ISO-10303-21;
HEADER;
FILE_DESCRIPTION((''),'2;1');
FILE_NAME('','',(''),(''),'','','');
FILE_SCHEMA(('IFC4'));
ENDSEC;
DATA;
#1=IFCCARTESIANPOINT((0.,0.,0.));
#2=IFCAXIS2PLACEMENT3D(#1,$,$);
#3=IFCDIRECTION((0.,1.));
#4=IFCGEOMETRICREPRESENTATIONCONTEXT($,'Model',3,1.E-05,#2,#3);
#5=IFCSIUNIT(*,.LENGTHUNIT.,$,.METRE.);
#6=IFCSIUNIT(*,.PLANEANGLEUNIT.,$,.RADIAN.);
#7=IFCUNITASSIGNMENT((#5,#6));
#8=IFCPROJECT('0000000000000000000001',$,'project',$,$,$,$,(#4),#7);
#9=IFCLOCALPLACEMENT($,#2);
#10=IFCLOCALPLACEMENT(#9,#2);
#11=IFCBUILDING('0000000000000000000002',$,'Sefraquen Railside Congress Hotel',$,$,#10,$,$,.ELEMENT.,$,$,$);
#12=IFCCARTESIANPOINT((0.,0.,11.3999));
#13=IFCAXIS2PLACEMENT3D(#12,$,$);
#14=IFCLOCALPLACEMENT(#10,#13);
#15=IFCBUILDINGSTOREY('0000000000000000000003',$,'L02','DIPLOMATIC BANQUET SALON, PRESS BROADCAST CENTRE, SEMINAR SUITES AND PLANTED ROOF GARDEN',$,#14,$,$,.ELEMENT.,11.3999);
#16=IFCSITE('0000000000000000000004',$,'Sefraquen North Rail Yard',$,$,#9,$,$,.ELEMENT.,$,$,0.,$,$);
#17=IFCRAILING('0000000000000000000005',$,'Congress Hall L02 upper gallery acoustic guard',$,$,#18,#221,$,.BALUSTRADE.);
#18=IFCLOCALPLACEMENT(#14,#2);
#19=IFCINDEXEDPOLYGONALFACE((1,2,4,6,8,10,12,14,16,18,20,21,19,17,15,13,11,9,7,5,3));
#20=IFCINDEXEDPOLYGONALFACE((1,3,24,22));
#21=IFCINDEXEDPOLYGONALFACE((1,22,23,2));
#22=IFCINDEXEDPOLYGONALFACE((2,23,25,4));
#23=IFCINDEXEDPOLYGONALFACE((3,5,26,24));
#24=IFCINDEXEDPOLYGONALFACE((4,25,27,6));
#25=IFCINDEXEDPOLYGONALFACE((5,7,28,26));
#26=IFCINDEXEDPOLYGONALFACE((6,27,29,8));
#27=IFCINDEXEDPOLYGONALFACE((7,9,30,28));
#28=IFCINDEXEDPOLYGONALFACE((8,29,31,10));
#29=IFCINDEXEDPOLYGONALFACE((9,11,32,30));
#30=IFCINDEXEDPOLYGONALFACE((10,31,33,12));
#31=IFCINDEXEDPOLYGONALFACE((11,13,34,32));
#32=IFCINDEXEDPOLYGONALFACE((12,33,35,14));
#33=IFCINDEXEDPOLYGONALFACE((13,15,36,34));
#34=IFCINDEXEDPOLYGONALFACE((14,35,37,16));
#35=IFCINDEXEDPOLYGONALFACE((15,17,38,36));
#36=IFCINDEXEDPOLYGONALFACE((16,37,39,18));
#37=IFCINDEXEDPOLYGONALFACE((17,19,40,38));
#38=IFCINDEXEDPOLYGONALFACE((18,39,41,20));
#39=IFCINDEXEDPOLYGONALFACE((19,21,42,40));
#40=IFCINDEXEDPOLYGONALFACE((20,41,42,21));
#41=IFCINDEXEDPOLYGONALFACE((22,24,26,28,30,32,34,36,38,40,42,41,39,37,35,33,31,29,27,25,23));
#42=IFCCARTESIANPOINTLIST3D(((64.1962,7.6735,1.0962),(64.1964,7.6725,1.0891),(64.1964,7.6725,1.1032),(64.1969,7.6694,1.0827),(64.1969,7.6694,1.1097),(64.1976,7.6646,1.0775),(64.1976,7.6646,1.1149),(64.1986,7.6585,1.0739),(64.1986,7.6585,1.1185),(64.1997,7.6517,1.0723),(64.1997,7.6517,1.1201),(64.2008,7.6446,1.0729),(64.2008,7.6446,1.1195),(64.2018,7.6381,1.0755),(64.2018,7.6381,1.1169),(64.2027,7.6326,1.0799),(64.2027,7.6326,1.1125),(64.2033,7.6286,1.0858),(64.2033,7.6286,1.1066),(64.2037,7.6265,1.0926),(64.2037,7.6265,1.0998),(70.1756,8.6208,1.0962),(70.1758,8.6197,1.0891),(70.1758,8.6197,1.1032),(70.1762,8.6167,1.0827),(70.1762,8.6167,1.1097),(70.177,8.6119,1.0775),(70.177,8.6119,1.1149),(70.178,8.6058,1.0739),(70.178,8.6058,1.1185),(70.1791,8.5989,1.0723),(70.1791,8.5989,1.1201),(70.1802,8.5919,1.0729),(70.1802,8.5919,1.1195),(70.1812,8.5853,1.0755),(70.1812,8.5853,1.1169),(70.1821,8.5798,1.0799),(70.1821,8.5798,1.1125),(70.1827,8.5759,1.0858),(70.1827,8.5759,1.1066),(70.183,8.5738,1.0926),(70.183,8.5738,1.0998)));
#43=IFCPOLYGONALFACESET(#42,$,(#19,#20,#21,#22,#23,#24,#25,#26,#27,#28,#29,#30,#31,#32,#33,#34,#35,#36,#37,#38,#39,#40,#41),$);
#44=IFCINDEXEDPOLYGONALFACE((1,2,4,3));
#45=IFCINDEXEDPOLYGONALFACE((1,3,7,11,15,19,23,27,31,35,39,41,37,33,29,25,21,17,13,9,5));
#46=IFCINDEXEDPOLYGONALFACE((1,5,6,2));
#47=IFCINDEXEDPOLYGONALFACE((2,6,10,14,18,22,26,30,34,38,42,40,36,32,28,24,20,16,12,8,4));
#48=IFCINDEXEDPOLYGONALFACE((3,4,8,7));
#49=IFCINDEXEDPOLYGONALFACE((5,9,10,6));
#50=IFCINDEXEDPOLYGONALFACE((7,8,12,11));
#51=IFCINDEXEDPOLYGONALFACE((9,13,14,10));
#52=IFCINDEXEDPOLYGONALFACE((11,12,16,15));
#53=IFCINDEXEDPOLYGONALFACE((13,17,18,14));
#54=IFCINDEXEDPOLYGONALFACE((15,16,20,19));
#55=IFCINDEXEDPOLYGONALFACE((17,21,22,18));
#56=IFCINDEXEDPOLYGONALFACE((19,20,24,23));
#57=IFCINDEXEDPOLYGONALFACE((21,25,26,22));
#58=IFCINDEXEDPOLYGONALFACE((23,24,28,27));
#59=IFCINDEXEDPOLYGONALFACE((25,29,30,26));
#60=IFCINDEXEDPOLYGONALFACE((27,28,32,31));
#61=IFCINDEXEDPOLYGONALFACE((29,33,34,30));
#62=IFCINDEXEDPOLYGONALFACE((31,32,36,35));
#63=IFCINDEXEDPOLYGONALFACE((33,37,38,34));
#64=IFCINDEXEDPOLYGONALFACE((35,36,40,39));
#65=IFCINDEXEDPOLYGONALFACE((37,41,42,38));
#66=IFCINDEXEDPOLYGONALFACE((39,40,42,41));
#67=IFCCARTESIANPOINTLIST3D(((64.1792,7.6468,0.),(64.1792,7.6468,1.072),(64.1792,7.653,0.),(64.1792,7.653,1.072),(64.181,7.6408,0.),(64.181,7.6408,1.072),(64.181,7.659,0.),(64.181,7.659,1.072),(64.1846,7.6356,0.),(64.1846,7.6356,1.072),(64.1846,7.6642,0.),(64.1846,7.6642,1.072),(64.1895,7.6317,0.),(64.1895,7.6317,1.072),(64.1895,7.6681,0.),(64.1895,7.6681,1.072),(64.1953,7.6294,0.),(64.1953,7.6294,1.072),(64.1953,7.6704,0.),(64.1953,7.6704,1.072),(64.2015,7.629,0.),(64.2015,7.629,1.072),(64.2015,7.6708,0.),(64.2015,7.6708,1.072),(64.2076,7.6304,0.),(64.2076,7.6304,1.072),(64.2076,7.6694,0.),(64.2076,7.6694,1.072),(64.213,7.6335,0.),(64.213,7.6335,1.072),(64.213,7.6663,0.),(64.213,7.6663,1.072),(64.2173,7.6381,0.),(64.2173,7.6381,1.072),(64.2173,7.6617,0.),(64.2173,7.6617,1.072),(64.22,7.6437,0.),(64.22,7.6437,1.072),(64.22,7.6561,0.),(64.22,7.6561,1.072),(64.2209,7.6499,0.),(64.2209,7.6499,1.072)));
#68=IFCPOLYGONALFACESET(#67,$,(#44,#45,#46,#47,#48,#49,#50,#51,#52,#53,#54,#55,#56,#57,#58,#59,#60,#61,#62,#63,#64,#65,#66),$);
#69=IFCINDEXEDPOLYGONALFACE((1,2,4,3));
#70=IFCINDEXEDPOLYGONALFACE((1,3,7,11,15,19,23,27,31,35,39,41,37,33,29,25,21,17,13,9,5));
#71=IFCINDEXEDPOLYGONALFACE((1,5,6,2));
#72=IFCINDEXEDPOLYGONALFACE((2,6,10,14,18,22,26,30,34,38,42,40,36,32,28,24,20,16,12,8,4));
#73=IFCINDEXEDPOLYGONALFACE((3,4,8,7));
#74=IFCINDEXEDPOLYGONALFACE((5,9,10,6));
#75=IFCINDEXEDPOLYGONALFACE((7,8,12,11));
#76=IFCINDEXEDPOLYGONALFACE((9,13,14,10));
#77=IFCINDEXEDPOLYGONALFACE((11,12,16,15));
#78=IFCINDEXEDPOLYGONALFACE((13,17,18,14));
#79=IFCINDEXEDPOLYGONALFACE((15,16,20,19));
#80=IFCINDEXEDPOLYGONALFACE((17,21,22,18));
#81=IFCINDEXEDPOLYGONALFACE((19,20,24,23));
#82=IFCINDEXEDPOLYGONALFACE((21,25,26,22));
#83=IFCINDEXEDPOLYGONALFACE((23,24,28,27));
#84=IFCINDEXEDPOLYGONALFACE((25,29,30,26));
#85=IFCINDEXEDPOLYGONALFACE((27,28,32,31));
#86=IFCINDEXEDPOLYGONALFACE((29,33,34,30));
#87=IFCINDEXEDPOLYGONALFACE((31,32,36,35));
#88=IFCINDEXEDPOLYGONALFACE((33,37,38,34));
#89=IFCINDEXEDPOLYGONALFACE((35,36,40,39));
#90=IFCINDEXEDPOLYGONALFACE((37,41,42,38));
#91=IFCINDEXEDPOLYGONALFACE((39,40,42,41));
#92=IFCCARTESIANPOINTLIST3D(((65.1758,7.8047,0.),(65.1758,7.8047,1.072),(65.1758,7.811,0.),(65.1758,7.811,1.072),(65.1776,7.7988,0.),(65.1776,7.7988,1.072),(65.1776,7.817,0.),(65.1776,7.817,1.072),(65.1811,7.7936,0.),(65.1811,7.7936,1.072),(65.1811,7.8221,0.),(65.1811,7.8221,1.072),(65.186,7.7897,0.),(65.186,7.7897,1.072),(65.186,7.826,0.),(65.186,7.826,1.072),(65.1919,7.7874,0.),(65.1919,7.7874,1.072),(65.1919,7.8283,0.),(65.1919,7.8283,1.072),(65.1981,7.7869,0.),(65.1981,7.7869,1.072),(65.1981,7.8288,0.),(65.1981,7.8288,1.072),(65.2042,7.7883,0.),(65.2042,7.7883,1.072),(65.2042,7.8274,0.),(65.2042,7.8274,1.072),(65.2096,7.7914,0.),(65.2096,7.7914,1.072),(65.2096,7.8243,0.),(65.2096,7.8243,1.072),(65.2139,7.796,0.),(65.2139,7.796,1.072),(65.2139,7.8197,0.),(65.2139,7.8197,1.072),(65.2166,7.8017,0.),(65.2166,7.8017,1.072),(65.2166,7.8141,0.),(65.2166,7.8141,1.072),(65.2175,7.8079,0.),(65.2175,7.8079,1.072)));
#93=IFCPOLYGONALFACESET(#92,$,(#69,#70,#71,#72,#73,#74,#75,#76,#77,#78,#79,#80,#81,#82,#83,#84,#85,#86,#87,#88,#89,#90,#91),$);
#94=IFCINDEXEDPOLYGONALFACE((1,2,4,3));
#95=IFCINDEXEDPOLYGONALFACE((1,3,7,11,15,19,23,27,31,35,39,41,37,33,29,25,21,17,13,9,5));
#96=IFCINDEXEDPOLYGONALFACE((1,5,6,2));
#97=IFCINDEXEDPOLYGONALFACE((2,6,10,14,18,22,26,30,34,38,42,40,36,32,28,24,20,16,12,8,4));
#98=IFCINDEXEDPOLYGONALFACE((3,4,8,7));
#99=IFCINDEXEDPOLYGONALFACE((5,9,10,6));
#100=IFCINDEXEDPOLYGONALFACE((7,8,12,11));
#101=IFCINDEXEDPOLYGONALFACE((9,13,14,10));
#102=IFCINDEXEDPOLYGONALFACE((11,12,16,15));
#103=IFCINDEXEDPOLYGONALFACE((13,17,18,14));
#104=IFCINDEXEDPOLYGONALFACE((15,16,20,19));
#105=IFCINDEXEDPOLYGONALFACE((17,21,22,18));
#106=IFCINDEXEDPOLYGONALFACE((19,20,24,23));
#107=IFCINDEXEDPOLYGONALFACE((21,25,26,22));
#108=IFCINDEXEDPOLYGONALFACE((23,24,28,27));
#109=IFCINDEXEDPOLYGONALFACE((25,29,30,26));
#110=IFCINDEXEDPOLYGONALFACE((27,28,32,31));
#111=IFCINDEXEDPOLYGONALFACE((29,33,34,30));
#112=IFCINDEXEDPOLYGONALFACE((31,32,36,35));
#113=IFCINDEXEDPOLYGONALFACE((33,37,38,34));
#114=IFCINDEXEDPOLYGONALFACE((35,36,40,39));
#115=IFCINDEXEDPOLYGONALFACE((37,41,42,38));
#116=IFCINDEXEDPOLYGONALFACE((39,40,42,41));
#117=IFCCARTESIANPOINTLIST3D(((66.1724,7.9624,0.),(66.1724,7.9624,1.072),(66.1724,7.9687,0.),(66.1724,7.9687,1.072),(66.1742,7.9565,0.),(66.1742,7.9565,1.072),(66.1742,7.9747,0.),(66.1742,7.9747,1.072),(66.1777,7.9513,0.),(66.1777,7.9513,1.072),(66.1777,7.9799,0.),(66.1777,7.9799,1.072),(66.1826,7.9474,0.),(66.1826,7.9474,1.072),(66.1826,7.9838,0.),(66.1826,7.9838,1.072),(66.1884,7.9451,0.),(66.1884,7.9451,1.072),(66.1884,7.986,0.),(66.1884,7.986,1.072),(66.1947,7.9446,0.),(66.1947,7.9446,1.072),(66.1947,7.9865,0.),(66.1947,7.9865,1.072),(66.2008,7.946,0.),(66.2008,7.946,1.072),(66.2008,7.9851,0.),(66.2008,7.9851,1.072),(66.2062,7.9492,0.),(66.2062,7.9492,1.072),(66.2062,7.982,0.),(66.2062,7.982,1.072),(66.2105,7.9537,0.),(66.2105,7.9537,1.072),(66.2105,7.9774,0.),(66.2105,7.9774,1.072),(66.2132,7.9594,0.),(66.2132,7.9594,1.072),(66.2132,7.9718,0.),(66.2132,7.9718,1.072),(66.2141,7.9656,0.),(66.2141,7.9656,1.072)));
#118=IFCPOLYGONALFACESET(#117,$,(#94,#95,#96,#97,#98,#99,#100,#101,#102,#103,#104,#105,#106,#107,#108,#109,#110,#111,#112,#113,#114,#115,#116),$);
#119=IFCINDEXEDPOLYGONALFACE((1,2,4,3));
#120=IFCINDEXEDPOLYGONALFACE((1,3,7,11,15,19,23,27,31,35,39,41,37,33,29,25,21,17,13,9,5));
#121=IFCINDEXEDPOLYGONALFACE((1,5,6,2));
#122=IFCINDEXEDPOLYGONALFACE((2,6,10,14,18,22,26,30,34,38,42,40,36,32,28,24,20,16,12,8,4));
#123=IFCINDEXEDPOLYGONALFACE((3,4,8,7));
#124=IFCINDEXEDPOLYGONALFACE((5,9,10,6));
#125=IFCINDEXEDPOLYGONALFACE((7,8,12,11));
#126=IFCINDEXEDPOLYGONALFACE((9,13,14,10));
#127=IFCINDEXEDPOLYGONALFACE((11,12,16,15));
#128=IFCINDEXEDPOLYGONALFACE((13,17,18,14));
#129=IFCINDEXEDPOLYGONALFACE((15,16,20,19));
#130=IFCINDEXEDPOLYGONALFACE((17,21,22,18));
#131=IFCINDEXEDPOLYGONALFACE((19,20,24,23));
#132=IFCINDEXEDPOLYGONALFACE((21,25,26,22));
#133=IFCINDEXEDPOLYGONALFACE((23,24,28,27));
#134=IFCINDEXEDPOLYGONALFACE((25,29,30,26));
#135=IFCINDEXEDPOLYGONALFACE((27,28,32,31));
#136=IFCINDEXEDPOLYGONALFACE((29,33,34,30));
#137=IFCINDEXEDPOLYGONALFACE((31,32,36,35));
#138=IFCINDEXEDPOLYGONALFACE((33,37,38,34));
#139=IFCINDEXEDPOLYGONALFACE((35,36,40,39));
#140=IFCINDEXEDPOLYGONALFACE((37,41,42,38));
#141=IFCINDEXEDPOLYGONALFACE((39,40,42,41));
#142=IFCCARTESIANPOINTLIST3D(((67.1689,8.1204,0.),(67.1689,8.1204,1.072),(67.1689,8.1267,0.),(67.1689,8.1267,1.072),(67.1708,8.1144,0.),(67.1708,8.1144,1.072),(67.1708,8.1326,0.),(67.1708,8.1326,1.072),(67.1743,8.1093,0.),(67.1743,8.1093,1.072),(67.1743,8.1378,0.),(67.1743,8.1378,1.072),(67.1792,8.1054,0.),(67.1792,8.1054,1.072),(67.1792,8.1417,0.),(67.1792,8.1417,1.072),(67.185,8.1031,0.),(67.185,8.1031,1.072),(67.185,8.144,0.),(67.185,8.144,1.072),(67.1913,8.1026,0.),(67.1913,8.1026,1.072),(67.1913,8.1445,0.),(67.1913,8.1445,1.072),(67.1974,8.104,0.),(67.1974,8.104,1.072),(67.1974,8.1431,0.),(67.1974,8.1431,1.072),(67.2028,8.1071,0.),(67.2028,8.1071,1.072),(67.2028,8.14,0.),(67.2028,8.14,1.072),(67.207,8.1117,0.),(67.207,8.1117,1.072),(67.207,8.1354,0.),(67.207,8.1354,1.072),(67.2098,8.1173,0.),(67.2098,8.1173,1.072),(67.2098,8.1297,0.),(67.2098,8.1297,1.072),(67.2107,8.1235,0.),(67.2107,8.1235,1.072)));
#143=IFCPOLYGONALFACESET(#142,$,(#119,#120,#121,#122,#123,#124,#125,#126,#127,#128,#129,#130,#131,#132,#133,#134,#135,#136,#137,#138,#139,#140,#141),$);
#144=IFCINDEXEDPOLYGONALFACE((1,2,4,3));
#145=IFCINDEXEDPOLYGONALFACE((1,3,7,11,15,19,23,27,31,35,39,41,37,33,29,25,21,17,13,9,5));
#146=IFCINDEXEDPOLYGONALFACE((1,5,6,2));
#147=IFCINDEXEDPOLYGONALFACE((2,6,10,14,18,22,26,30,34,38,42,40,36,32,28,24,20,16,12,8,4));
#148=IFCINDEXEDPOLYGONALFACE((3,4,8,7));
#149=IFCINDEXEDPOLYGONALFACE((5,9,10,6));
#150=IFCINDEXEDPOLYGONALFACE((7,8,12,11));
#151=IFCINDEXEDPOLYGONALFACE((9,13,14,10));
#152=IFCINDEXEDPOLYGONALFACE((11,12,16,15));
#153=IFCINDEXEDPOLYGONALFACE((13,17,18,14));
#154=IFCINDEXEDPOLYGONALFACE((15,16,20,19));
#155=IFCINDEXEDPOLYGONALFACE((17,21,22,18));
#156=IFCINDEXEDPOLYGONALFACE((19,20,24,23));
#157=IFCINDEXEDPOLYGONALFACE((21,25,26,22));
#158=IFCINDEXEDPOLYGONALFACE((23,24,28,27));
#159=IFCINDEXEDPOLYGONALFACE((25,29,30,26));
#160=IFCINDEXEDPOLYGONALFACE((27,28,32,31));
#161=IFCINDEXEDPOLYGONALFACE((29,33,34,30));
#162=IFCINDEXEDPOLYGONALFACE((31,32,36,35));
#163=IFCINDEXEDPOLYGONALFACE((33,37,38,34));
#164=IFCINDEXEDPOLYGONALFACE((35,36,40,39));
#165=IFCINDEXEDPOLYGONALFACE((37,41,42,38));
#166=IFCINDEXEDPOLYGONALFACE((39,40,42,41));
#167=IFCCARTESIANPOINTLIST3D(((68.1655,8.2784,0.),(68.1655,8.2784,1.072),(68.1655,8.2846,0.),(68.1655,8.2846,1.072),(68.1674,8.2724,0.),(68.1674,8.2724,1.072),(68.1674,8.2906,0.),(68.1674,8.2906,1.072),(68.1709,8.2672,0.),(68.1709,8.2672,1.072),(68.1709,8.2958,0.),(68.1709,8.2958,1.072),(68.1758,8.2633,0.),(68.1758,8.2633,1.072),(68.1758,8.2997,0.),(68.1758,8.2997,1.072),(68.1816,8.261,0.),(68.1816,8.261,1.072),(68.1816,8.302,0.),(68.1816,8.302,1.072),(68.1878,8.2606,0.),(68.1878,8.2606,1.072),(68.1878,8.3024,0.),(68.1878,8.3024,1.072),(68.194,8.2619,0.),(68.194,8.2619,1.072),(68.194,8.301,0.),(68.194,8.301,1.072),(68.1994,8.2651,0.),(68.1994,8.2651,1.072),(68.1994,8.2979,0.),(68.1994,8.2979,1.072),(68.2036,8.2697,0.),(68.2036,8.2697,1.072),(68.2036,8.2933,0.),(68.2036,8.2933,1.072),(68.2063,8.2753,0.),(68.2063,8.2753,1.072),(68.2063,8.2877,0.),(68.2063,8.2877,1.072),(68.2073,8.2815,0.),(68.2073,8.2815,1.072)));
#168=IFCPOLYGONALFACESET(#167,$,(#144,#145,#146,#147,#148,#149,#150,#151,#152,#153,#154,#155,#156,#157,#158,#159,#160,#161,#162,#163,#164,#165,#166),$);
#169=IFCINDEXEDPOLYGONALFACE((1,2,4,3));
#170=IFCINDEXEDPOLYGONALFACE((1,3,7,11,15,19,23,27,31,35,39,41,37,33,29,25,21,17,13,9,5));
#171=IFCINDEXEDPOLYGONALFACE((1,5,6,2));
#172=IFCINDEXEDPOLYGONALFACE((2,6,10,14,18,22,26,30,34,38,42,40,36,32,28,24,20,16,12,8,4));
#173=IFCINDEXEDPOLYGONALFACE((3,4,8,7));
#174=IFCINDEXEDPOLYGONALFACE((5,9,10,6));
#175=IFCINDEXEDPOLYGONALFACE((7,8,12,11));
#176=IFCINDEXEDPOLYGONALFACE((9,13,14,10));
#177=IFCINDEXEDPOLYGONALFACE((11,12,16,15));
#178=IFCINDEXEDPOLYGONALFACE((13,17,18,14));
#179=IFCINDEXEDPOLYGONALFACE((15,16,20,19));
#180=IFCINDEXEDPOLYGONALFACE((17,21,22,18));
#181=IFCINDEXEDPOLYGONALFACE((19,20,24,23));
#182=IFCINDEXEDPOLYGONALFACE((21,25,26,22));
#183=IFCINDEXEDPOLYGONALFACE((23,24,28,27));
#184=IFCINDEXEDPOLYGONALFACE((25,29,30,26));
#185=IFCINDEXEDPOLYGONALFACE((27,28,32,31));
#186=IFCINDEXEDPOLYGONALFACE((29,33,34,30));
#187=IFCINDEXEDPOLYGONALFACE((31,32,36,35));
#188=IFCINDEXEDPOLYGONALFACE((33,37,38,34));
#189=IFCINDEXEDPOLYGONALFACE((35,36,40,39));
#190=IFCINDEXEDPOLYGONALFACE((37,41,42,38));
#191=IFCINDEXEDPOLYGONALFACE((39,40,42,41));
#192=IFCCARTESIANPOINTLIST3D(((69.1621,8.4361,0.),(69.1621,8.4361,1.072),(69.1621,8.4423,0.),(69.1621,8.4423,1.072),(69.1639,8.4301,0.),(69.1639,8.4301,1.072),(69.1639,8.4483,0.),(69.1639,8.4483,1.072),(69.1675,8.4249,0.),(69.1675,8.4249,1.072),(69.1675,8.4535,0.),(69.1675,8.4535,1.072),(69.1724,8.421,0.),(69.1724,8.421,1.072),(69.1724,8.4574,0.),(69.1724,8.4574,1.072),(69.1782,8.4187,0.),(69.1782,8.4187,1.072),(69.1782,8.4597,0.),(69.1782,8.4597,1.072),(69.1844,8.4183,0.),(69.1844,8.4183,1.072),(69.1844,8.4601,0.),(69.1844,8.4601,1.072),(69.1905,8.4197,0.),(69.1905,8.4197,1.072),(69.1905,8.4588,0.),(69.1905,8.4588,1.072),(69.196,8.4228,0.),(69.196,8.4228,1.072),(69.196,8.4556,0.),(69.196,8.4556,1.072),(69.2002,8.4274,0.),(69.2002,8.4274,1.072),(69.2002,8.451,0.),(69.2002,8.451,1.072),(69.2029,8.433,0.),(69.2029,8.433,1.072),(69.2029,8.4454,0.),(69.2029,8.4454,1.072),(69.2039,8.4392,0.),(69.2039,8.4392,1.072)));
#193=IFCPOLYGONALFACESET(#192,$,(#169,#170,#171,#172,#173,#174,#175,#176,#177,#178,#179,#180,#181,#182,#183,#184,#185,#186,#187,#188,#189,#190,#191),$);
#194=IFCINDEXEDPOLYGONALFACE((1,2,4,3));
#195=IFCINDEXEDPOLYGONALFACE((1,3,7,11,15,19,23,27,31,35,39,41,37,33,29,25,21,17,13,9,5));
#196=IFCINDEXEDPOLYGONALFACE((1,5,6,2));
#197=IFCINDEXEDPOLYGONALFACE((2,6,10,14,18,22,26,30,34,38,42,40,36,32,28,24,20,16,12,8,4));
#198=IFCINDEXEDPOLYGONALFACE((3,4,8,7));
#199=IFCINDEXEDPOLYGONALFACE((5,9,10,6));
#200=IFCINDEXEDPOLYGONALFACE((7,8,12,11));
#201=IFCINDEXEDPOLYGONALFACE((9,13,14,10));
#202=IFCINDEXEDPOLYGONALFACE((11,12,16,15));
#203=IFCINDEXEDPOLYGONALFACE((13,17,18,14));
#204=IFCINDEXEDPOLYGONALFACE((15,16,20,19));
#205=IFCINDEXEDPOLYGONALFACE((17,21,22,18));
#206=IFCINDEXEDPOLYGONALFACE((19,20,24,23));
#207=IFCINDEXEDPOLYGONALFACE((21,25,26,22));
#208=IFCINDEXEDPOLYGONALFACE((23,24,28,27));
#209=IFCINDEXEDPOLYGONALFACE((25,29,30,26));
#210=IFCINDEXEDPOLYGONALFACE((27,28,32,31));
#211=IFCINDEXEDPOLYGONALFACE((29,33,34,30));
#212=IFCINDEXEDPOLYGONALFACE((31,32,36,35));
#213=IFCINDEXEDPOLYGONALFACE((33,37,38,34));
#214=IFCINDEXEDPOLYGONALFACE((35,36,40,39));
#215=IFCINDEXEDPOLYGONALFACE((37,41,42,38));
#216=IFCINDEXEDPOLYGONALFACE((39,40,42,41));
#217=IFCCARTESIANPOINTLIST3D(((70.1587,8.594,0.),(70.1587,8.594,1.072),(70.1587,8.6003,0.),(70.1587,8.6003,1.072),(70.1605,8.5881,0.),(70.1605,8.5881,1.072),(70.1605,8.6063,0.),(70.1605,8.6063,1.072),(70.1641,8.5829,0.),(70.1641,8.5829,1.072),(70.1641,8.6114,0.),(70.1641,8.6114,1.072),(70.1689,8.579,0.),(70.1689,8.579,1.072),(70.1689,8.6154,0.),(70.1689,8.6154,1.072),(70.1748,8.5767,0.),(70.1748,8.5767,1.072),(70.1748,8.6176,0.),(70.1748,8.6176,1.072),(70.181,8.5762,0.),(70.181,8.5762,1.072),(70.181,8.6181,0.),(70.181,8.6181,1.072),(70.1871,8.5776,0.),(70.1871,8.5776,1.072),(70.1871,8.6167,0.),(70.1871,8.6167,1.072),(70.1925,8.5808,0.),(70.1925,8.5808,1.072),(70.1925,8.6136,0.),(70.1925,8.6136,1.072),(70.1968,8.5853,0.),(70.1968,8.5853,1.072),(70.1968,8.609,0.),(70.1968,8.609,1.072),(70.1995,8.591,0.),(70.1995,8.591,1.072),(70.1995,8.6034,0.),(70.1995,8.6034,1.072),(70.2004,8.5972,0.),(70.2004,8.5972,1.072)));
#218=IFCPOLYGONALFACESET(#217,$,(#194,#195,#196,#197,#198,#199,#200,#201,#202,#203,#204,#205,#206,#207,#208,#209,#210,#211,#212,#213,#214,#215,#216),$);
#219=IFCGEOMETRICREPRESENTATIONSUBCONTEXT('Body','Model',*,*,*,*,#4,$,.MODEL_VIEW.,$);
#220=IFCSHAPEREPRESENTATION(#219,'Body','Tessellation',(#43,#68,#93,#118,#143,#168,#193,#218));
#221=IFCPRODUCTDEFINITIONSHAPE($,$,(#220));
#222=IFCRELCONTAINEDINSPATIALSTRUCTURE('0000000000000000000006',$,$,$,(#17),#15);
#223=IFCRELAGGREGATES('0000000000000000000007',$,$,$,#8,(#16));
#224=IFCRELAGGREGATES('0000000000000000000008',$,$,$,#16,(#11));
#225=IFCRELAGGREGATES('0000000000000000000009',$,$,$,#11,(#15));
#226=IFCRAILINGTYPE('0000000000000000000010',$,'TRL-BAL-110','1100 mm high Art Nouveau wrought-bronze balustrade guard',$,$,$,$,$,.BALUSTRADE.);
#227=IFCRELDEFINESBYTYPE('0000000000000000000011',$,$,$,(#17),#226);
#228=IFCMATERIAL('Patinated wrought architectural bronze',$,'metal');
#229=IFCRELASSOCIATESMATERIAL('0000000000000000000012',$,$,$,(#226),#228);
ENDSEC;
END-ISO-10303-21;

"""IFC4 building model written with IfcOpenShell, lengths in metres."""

from ifc_helpers import new_model, si_unit, direction, frame, origin, origin_2d, place, context, subcontext, project, spatial, circle, extrude, material, type_object, element, save


model = new_model("IFC4")

# Units and contexts
model_context = context("Model", 3, precision=1e-05, world=origin(), true_north=direction((0.0, 1.0)))
body_context = subcontext(model_context, "Body", "Model", "MODEL_VIEW")
ifc_project = project(units=[si_unit("LENGTHUNIT", "METRE"), si_unit("PLANEANGLEUNIT", "RADIAN")], contexts=[model_context])

# Site, building, storey
site_placement = place(None, origin())
site = spatial("IfcSite", under=ifc_project, at=site_placement, Name="Sefraquen North Rail Yard", CompositionType="ELEMENT", RefElevation=0.0)
building_placement = place(site_placement, origin())
building = spatial("IfcBuilding", under=site, at=building_placement, Name="Sefraquen Railside Congress Hotel", CompositionType="ELEMENT")
storey_placement = place(building_placement, frame((0.0, 0.0, 11.3999)))
storey = spatial("IfcBuildingStorey", under=building, at=storey_placement, Name="L02", Description="DIPLOMATIC BANQUET SALON, PRESS BROADCAST CENTRE, SEMINAR SUITES AND PLANTED ROOF GARDEN", CompositionType="ELEMENT", Elevation=11.3999)

# Railing
ifc_material_1 = material(Name="Patinated wrought architectural bronze", Category="metal")
railing_type = type_object("IfcRailingType", Name="TRL-BAL-110", Description="1100 mm high Art Nouveau wrought-bronze balustrade guard", PredefinedType="BALUSTRADE", material=ifc_material_1)
railing_1_placement = place(storey_placement, frame((64.2, 7.6499, 0.0)))
element("IfcRailing", 1, at=railing_1_placement, inside=storey, type_object=railing_type, Name="Congress Hall L02 upper gallery acoustic guard", PredefinedType="BALUSTRADE", context=body_context, shape_type="SweptSolid", body=[
    extrude(circle(Radius=0.0239, at=origin_2d()), frame((0.0, 0.0, 1.0962), z_axis=(0.987683, 0.156468, 0.0), x_axis=(-0.156468, 0.987683, 0.0)), (0.0, 0.0, 1.0), 6.054),
    extrude(circle(Radius=0.021, at=origin_2d()), origin(), (0.0, 0.0, 1.0), 1.072),
    extrude(circle(Radius=0.021, at=origin_2d()), frame((0.9966, 0.158, 0.0)), (0.0, 0.0, 1.0), 1.072),
    extrude(circle(Radius=0.021, at=origin_2d()), frame((1.9932, 0.3157, 0.0)), (0.0, 0.0, 1.0), 1.072),
    extrude(circle(Radius=0.021, at=origin_2d()), frame((2.9897, 0.4736, 0.0)), (0.0, 0.0, 1.0), 1.072),
    extrude(circle(Radius=0.021, at=origin_2d()), frame((3.9863, 0.6316, 0.0)), (0.0, 0.0, 1.0), 1.072),
    extrude(circle(Radius=0.021, at=origin_2d()), frame((4.9829, 0.7893, 0.0)), (0.0, 0.0, 1.0), 1.072),
    extrude(circle(Radius=0.021, at=origin_2d()), frame((5.9795, 0.9473, 0.0)), (0.0, 0.0, 1.0), 1.072),
])

save(model, "model.ifc")
